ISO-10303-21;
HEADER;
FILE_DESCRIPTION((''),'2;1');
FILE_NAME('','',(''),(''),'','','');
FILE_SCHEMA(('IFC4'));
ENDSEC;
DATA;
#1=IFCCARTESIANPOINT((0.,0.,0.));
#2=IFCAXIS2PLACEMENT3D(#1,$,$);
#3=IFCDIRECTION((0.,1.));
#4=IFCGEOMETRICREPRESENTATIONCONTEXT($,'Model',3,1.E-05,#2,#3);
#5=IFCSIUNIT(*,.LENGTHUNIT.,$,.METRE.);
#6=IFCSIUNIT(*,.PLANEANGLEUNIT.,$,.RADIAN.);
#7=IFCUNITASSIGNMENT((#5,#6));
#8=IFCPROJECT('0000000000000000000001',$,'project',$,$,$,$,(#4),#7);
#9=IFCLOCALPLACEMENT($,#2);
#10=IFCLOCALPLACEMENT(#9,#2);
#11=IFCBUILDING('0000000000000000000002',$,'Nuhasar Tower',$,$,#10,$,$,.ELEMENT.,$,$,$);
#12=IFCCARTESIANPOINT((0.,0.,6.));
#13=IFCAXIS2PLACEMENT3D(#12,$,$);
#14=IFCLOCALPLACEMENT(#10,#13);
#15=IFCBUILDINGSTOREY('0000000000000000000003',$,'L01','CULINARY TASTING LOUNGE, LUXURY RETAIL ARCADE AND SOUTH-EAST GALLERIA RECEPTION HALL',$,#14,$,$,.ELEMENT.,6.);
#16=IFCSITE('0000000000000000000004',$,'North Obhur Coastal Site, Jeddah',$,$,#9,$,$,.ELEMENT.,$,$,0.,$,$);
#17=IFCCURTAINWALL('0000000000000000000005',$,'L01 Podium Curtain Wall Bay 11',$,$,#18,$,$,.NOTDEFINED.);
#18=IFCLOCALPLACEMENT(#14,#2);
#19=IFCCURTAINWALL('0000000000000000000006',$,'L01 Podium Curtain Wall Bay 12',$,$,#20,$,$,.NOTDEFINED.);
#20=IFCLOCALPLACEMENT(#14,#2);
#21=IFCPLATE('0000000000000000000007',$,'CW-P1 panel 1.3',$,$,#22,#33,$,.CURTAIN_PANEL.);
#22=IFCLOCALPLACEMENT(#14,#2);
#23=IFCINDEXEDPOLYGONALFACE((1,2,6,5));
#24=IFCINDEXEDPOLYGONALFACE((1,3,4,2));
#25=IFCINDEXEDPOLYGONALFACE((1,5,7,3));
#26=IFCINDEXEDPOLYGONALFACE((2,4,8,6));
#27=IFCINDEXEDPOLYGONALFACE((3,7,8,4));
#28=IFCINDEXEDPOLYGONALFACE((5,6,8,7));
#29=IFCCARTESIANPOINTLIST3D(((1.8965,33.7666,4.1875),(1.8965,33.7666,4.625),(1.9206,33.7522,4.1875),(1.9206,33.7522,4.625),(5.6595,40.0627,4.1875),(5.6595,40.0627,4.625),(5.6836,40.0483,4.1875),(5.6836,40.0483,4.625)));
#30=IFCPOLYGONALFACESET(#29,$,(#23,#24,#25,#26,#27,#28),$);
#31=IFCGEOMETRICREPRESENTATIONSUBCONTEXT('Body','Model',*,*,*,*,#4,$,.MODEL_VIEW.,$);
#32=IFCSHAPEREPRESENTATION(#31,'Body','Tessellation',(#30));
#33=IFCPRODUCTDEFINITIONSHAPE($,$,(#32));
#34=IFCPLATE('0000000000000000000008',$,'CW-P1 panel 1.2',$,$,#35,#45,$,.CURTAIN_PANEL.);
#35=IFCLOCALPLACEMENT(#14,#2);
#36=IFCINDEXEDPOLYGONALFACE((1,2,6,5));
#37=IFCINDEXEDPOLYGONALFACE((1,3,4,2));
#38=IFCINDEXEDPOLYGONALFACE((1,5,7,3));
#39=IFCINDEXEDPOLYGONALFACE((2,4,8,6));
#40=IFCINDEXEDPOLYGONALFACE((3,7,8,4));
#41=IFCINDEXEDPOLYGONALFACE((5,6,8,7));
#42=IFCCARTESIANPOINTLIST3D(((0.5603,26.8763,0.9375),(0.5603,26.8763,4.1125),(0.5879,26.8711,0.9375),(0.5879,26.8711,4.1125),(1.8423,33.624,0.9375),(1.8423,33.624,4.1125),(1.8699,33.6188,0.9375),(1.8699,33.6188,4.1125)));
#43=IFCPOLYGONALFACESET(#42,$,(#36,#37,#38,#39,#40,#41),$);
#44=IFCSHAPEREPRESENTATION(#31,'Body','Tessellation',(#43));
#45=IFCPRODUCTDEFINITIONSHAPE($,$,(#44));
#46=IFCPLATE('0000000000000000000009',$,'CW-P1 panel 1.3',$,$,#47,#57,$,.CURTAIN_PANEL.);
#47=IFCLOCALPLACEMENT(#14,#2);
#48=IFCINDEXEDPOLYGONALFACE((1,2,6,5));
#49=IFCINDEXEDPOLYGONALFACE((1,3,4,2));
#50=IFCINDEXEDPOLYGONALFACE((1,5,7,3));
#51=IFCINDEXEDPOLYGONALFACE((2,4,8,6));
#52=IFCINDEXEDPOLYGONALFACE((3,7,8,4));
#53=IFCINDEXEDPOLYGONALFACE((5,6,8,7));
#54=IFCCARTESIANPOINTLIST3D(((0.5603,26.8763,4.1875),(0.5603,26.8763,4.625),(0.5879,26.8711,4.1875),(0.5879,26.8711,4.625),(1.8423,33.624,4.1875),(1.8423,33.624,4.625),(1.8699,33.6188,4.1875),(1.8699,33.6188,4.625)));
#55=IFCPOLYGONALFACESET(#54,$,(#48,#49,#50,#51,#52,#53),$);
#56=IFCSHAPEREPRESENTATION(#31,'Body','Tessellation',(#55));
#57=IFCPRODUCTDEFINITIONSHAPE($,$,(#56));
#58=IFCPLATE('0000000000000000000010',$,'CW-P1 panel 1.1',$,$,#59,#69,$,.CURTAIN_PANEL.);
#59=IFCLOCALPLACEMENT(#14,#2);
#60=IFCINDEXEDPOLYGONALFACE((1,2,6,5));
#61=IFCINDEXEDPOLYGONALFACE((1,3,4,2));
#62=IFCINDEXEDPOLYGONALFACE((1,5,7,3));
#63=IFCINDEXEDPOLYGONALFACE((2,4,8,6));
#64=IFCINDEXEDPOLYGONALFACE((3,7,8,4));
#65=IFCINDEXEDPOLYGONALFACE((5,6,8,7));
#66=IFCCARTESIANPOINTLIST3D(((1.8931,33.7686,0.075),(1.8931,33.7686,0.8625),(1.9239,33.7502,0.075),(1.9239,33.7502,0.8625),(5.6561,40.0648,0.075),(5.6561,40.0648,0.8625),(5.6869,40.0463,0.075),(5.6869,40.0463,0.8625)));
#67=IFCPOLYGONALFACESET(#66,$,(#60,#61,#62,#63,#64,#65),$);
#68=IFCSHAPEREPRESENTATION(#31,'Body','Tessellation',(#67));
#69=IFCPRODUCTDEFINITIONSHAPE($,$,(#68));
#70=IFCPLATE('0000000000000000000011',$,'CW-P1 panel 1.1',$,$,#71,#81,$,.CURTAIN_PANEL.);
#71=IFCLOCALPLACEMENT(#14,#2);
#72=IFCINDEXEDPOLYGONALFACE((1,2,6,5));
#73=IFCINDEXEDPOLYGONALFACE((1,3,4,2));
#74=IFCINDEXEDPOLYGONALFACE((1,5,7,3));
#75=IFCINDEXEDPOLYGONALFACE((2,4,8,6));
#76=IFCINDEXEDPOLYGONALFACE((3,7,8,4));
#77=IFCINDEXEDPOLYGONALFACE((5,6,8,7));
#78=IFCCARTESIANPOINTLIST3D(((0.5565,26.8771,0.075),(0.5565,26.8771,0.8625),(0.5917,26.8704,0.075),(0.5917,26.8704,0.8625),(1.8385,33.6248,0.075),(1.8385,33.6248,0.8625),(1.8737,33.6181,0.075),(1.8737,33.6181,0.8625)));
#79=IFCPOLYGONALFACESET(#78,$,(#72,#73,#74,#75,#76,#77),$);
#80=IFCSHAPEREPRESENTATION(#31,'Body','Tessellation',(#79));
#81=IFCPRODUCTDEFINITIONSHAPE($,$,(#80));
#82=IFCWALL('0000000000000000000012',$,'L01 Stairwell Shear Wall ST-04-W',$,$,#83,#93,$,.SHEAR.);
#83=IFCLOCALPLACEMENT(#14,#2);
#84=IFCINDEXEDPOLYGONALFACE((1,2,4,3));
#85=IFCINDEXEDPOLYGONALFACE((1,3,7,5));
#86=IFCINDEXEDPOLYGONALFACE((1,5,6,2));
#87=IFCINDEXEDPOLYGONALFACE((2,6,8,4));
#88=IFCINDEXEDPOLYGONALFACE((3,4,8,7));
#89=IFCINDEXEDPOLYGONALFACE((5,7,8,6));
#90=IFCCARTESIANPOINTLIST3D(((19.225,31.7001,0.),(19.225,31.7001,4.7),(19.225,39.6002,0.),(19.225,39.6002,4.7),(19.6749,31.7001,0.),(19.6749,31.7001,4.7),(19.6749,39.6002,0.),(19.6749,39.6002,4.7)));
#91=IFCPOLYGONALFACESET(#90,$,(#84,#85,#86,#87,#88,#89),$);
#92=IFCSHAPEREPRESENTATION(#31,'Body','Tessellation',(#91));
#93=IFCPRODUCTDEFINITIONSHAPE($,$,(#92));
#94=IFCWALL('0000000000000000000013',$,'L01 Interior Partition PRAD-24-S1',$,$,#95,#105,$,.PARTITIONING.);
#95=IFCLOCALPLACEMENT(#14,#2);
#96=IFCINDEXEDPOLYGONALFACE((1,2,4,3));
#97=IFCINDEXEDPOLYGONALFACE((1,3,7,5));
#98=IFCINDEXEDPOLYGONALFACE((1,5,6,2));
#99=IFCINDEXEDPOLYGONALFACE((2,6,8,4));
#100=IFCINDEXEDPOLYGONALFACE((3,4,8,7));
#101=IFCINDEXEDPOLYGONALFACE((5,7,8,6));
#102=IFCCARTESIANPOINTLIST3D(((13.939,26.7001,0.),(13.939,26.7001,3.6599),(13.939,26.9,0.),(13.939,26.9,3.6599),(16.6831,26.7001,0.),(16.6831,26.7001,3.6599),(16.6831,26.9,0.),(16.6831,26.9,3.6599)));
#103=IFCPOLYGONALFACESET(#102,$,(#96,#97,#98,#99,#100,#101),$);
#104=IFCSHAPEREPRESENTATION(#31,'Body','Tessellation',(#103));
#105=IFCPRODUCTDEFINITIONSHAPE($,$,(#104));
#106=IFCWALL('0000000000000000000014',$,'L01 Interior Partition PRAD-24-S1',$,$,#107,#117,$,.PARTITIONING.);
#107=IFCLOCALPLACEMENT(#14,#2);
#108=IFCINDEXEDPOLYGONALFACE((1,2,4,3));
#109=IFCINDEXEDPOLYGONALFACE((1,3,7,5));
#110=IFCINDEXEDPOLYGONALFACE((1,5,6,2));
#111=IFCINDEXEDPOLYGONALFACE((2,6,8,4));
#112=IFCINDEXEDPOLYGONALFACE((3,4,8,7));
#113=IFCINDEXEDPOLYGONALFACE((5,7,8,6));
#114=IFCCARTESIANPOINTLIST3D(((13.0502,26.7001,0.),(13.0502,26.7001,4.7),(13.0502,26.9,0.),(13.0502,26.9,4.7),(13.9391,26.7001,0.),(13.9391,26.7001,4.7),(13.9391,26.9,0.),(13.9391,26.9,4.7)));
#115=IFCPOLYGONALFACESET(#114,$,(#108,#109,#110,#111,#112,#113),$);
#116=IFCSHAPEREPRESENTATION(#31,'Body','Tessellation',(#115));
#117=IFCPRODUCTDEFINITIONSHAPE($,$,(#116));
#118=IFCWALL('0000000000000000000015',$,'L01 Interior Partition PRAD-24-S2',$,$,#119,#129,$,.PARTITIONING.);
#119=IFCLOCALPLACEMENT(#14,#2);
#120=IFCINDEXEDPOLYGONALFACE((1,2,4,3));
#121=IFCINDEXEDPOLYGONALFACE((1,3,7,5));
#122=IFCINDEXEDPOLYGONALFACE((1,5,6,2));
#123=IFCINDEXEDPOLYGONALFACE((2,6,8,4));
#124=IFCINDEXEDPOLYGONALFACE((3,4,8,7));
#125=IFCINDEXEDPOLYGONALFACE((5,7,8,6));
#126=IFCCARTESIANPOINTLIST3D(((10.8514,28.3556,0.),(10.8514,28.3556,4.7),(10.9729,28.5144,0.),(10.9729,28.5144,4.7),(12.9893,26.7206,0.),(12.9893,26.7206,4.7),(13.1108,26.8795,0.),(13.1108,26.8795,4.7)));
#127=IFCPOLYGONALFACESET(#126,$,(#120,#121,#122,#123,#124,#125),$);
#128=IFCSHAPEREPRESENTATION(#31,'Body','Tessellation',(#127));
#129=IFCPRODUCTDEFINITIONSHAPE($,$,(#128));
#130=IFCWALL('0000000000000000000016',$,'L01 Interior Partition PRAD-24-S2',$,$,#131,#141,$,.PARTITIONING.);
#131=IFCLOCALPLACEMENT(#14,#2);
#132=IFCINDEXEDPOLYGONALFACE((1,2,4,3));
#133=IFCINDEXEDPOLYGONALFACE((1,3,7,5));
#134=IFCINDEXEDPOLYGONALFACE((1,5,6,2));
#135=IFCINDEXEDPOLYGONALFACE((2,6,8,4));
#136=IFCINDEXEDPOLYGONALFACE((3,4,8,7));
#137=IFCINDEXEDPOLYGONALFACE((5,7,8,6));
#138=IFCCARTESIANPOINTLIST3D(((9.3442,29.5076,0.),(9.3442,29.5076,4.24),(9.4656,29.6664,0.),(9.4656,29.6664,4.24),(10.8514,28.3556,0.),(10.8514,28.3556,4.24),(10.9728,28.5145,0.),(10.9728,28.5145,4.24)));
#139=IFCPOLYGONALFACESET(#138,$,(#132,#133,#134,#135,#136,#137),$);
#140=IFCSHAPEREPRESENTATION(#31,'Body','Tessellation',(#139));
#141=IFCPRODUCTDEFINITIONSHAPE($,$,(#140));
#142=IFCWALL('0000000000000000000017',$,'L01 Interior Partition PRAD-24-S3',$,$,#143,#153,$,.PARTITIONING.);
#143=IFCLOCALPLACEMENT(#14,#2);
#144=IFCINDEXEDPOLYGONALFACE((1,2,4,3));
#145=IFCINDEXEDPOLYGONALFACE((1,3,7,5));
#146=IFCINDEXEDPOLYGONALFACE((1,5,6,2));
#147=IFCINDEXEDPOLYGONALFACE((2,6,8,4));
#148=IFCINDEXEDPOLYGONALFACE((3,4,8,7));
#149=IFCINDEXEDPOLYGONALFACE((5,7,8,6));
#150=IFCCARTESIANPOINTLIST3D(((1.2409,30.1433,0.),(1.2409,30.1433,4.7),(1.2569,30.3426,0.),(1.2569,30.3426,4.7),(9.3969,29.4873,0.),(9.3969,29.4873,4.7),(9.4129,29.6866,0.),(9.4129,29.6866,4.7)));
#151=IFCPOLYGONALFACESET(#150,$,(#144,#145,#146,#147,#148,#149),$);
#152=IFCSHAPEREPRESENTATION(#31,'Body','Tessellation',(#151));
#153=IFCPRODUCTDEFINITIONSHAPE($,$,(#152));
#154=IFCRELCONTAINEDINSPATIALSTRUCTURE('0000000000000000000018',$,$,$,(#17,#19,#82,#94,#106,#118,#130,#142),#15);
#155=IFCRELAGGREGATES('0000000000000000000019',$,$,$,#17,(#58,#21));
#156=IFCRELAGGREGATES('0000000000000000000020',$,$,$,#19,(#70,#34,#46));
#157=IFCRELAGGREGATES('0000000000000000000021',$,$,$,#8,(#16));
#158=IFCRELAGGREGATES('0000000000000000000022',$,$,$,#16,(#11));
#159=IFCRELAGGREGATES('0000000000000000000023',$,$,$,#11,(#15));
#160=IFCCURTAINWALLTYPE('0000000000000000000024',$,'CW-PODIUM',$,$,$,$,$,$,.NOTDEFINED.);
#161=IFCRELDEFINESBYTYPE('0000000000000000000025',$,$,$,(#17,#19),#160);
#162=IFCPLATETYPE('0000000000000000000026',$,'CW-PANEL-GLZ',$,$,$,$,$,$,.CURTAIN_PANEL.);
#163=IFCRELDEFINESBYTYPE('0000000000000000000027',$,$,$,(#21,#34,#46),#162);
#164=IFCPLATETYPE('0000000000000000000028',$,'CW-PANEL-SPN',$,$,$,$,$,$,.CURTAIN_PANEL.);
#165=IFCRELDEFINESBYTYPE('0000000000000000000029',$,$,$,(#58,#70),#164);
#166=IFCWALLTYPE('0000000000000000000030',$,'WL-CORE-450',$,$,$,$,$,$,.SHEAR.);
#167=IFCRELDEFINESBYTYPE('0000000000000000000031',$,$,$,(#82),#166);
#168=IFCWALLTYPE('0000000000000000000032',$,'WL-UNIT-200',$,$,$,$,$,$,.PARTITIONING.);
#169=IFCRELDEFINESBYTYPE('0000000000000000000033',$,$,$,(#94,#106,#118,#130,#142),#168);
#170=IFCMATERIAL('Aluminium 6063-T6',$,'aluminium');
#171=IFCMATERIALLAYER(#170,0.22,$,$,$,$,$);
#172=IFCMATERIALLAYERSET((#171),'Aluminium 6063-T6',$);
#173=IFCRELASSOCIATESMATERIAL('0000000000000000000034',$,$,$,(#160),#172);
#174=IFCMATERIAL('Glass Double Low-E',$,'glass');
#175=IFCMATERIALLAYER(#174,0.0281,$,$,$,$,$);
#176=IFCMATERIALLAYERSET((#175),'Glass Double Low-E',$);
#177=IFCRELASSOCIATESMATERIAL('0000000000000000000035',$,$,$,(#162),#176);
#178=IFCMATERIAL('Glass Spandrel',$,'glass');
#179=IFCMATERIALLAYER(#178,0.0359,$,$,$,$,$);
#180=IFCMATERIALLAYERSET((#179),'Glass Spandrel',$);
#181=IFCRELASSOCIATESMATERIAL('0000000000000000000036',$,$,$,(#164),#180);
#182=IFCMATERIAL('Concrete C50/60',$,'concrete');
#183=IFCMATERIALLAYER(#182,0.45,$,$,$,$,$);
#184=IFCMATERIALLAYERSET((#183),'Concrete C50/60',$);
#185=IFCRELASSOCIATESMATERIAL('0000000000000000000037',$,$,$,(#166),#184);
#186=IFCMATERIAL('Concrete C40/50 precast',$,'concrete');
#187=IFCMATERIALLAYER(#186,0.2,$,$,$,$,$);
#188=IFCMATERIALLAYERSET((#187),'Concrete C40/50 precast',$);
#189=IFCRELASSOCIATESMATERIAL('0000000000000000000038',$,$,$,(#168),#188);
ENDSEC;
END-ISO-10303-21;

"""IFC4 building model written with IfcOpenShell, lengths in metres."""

from ifc_helpers import new_model, si_unit, direction, frame, frame_2d, origin, origin_2d, place, context, subcontext, project, spatial, rectangle, extrude, material, layer, layer_set, type_object, element, aggregate, save


model = new_model("IFC4")

# Units and contexts
model_context = context("Model", 3, precision=1e-05, world=origin(), true_north=direction((0.0, 1.0)))
body_context = subcontext(model_context, "Body", "Model", "MODEL_VIEW")
ifc_project = project(units=[si_unit("LENGTHUNIT", "METRE"), si_unit("PLANEANGLEUNIT", "RADIAN")], contexts=[model_context])

# Site, building, storey
site_placement = place(None, origin())
site = spatial("IfcSite", under=ifc_project, at=site_placement, Name="North Obhur Coastal Site, Jeddah", CompositionType="ELEMENT", RefElevation=0.0)
building_placement = place(site_placement, origin())
building = spatial("IfcBuilding", under=site, at=building_placement, Name="Nuhasar Tower", CompositionType="ELEMENT")
storey_placement = place(building_placement, frame((0.0, 0.0, 6.0)))
storey = spatial("IfcBuildingStorey", under=building, at=storey_placement, Name="L01", Description="CULINARY TASTING LOUNGE, LUXURY RETAIL ARCADE AND SOUTH-EAST GALLERIA RECEPTION HALL", CompositionType="ELEMENT", Elevation=6.0)

# Shared definitions
ifc_material_1 = material(Name="Concrete C50/60", Category="concrete")

# Curtain wall
ifc_material_2 = material(Name="Aluminium 6063-T6", Category="aluminium")
ifc_layer_1 = layer(ifc_material_2, 0.22)
ifc_layer_set_1 = layer_set([ifc_layer_1], Name="Aluminium 6063-T6")
curtain_wall_type = type_object("IfcCurtainWallType", Name="CW-PODIUM", PredefinedType="NOTDEFINED", material=ifc_layer_set_1)
curtain_wall_1_placement = place(storey_placement, origin())
curtain_wall_1 = element("IfcCurtainWall", 1, at=curtain_wall_1_placement, inside=storey, type_object=curtain_wall_type, Name="L01 Podium Curtain Wall Bay 11", PredefinedType="NOTDEFINED")

# Curtain wall
curtain_wall_2_placement = place(storey_placement, origin())
curtain_wall_2 = element("IfcCurtainWall", 2, at=curtain_wall_2_placement, inside=storey, type_object=curtain_wall_type, Name="L01 Podium Curtain Wall Bay 12", PredefinedType="NOTDEFINED")

# Plates
ifc_material_3 = material(Name="Glass Double Low-E", Category="glass")
ifc_layer_2 = layer(ifc_material_3, 0.0281)
ifc_layer_set_2 = layer_set([ifc_layer_2], Name="Glass Double Low-E")
plate_type_1 = type_object("IfcPlateType", Name="CW-PANEL-GLZ", PredefinedType="CURTAIN_PANEL", material=ifc_layer_set_2)
plate_1_placement = place(storey_placement, frame((3.79, 36.9075, 4.1875), z_axis=(0.0, 0.0, 1.0), x_axis=(-0.513021, -0.858376, 0.0)))
plate_1 = element("IfcPlate", 3, at=plate_1_placement, type_object=plate_type_1, Name="CW-P1 panel 1.3", PredefinedType="CURTAIN_PANEL", context=body_context, shape_type="SweptSolid", body=[
    extrude(rectangle(XDim=7.335, YDim=0.0281, at=origin_2d()), origin(), (0.0, 0.0, 1.0), 0.4375),
])
plate_2_placement = place(storey_placement, frame((1.2151, 30.2476, 0.9375), z_axis=(0.0, 0.0, 1.0), x_axis=(-0.186654, -0.982426, 0.0)))
plate_2 = element("IfcPlate", 4, at=plate_2_placement, type_object=plate_type_1, Name="CW-P1 panel 1.2", PredefinedType="CURTAIN_PANEL", context=body_context, shape_type="SweptSolid", body=[
    extrude(rectangle(XDim=6.8684, YDim=0.0281, at=origin_2d()), origin(), (0.0, 0.0, 1.0), 3.175),
])
plate_3_placement = place(storey_placement, frame((1.2151, 30.2476, 4.1875), z_axis=(0.0, 0.0, 1.0), x_axis=(-0.186654, -0.982426, 0.0)))
plate_3 = element("IfcPlate", 5, at=plate_3_placement, type_object=plate_type_1, Name="CW-P1 panel 1.3", PredefinedType="CURTAIN_PANEL", context=body_context, shape_type="SweptSolid", body=[
    extrude(rectangle(XDim=6.8684, YDim=0.0281, at=origin_2d()), origin(), (0.0, 0.0, 1.0), 0.4375),
])
ifc_material_4 = material(Name="Glass Spandrel", Category="glass")
ifc_layer_3 = layer(ifc_material_4, 0.0359)
ifc_layer_set_3 = layer_set([ifc_layer_3], Name="Glass Spandrel")
plate_type_2 = type_object("IfcPlateType", Name="CW-PANEL-SPN", PredefinedType="CURTAIN_PANEL", material=ifc_layer_set_3)
plate_4_placement = place(storey_placement, frame((3.79, 36.9075, 0.075), z_axis=(0.0, 0.0, 1.0), x_axis=(-0.513021, -0.858376, 0.0)))
plate_4 = element("IfcPlate", 6, at=plate_4_placement, type_object=plate_type_2, Name="CW-P1 panel 1.1", PredefinedType="CURTAIN_PANEL", context=body_context, shape_type="SweptSolid", body=[
    extrude(rectangle(XDim=7.335, YDim=0.0359, at=origin_2d()), origin(), (0.0, 0.0, 1.0), 0.7876),
])
aggregate(curtain_wall_1, [plate_4, plate_1])
plate_5_placement = place(storey_placement, frame((1.2151, 30.2476, 0.075), z_axis=(0.0, 0.0, 1.0), x_axis=(-0.186654, -0.982426, 0.0)))
plate_5 = element("IfcPlate", 7, at=plate_5_placement, type_object=plate_type_2, Name="CW-P1 panel 1.1", PredefinedType="CURTAIN_PANEL", context=body_context, shape_type="SweptSolid", body=[
    extrude(rectangle(XDim=6.8684, YDim=0.0359, at=origin_2d()), origin(), (0.0, 0.0, 1.0), 0.7876),
])
aggregate(curtain_wall_2, [plate_5, plate_2, plate_3])

# Shared definitions
ifc_layer_4 = layer(ifc_material_1, 0.45)
ifc_layer_set_4 = layer_set([ifc_layer_4], Name="Concrete C50/60")
wall_type_1 = type_object("IfcWallType", Name="WL-CORE-450", PredefinedType="SHEAR", material=ifc_layer_set_4)

# Walls
wall_1_placement = place(storey_placement, frame((19.45, 31.7, 0.0), z_axis=(0.0, 0.0, 1.0), x_axis=(0.0, 1.0, 0.0)))
element("IfcWall", 8, at=wall_1_placement, inside=storey, type_object=wall_type_1, Name="L01 Stairwell Shear Wall ST-04-W", PredefinedType="SHEAR", context=body_context, shape_type="SweptSolid", body=[
    extrude(rectangle(XDim=7.9001, YDim=0.45, at=frame_2d((3.9502, 0.0))), origin(), (0.0, 0.0, 1.0), 4.7),
])
ifc_material_5 = material(Name="Concrete C40/50 precast", Category="concrete")
ifc_layer_5 = layer(ifc_material_5, 0.2)
ifc_layer_set_5 = layer_set([ifc_layer_5], Name="Concrete C40/50 precast")
wall_type_2 = type_object("IfcWallType", Name="WL-UNIT-200", PredefinedType="PARTITIONING", material=ifc_layer_set_5)
wall_2_placement = place(storey_placement, frame((16.6831, 26.8, 0.0), z_axis=(0.0, 0.0, 1.0), x_axis=(-1.0, 0.0, 0.0)))
element("IfcWall", 9, at=wall_2_placement, inside=storey, type_object=wall_type_2, Name="L01 Interior Partition PRAD-24-S1", PredefinedType="PARTITIONING", context=body_context, shape_type="SweptSolid", body=[
    extrude(rectangle(XDim=2.7441, YDim=0.2, at=frame_2d((1.3721, 0.0))), origin(), (0.0, 0.0, 1.0), 3.6599),
])
wall_3_placement = place(storey_placement, frame((13.939, 26.8, 0.0), z_axis=(0.0, 0.0, 1.0), x_axis=(-1.0, 0.0, 0.0)))
element("IfcWall", 10, at=wall_3_placement, inside=storey, type_object=wall_type_2, Name="L01 Interior Partition PRAD-24-S1", PredefinedType="PARTITIONING", context=body_context, shape_type="SweptSolid", body=[
    extrude(rectangle(XDim=0.8889, YDim=0.2, at=frame_2d((0.4443, 0.0))), origin(), (0.0, 0.0, 1.0), 4.7),
])
wall_4_placement = place(storey_placement, frame((13.05, 26.8, 0.0), z_axis=(0.0, 0.0, 1.0), x_axis=(-0.794337, 0.607477, 0.0)))
element("IfcWall", 11, at=wall_4_placement, inside=storey, type_object=wall_type_2, Name="L01 Interior Partition PRAD-24-S2", PredefinedType="PARTITIONING", context=body_context, shape_type="SweptSolid", body=[
    extrude(rectangle(XDim=2.6914, YDim=0.2, at=frame_2d((1.3457, 0.0))), origin(), (0.0, 0.0, 1.0), 4.7),
])
wall_5_placement = place(storey_placement, frame((10.9121, 28.4351, 0.0), z_axis=(0.0, 0.0, 1.0), x_axis=(-0.794515, 0.607245, 0.0)))
element("IfcWall", 12, at=wall_5_placement, inside=storey, type_object=wall_type_2, Name="L01 Interior Partition PRAD-24-S2", PredefinedType="PARTITIONING", context=body_context, shape_type="SweptSolid", body=[
    extrude(rectangle(XDim=1.897, YDim=0.2, at=frame_2d((0.9485, 0.0))), origin(), (0.0, 0.0, 1.0), 4.24),
])
wall_6_placement = place(storey_placement, frame((9.405, 29.5869, 0.0), z_axis=(0.0, 0.0, 1.0), x_axis=(-0.996781, 0.080173, 0.0)))
element("IfcWall", 13, at=wall_6_placement, inside=storey, type_object=wall_type_2, Name="L01 Interior Partition PRAD-24-S3", PredefinedType="PARTITIONING", context=body_context, shape_type="SweptSolid", body=[
    extrude(rectangle(XDim=8.1824, YDim=0.2, at=frame_2d((4.0913, 0.0))), origin(), (0.0, 0.0, 1.0), 4.7),
])

save(model, "model.ifc")
